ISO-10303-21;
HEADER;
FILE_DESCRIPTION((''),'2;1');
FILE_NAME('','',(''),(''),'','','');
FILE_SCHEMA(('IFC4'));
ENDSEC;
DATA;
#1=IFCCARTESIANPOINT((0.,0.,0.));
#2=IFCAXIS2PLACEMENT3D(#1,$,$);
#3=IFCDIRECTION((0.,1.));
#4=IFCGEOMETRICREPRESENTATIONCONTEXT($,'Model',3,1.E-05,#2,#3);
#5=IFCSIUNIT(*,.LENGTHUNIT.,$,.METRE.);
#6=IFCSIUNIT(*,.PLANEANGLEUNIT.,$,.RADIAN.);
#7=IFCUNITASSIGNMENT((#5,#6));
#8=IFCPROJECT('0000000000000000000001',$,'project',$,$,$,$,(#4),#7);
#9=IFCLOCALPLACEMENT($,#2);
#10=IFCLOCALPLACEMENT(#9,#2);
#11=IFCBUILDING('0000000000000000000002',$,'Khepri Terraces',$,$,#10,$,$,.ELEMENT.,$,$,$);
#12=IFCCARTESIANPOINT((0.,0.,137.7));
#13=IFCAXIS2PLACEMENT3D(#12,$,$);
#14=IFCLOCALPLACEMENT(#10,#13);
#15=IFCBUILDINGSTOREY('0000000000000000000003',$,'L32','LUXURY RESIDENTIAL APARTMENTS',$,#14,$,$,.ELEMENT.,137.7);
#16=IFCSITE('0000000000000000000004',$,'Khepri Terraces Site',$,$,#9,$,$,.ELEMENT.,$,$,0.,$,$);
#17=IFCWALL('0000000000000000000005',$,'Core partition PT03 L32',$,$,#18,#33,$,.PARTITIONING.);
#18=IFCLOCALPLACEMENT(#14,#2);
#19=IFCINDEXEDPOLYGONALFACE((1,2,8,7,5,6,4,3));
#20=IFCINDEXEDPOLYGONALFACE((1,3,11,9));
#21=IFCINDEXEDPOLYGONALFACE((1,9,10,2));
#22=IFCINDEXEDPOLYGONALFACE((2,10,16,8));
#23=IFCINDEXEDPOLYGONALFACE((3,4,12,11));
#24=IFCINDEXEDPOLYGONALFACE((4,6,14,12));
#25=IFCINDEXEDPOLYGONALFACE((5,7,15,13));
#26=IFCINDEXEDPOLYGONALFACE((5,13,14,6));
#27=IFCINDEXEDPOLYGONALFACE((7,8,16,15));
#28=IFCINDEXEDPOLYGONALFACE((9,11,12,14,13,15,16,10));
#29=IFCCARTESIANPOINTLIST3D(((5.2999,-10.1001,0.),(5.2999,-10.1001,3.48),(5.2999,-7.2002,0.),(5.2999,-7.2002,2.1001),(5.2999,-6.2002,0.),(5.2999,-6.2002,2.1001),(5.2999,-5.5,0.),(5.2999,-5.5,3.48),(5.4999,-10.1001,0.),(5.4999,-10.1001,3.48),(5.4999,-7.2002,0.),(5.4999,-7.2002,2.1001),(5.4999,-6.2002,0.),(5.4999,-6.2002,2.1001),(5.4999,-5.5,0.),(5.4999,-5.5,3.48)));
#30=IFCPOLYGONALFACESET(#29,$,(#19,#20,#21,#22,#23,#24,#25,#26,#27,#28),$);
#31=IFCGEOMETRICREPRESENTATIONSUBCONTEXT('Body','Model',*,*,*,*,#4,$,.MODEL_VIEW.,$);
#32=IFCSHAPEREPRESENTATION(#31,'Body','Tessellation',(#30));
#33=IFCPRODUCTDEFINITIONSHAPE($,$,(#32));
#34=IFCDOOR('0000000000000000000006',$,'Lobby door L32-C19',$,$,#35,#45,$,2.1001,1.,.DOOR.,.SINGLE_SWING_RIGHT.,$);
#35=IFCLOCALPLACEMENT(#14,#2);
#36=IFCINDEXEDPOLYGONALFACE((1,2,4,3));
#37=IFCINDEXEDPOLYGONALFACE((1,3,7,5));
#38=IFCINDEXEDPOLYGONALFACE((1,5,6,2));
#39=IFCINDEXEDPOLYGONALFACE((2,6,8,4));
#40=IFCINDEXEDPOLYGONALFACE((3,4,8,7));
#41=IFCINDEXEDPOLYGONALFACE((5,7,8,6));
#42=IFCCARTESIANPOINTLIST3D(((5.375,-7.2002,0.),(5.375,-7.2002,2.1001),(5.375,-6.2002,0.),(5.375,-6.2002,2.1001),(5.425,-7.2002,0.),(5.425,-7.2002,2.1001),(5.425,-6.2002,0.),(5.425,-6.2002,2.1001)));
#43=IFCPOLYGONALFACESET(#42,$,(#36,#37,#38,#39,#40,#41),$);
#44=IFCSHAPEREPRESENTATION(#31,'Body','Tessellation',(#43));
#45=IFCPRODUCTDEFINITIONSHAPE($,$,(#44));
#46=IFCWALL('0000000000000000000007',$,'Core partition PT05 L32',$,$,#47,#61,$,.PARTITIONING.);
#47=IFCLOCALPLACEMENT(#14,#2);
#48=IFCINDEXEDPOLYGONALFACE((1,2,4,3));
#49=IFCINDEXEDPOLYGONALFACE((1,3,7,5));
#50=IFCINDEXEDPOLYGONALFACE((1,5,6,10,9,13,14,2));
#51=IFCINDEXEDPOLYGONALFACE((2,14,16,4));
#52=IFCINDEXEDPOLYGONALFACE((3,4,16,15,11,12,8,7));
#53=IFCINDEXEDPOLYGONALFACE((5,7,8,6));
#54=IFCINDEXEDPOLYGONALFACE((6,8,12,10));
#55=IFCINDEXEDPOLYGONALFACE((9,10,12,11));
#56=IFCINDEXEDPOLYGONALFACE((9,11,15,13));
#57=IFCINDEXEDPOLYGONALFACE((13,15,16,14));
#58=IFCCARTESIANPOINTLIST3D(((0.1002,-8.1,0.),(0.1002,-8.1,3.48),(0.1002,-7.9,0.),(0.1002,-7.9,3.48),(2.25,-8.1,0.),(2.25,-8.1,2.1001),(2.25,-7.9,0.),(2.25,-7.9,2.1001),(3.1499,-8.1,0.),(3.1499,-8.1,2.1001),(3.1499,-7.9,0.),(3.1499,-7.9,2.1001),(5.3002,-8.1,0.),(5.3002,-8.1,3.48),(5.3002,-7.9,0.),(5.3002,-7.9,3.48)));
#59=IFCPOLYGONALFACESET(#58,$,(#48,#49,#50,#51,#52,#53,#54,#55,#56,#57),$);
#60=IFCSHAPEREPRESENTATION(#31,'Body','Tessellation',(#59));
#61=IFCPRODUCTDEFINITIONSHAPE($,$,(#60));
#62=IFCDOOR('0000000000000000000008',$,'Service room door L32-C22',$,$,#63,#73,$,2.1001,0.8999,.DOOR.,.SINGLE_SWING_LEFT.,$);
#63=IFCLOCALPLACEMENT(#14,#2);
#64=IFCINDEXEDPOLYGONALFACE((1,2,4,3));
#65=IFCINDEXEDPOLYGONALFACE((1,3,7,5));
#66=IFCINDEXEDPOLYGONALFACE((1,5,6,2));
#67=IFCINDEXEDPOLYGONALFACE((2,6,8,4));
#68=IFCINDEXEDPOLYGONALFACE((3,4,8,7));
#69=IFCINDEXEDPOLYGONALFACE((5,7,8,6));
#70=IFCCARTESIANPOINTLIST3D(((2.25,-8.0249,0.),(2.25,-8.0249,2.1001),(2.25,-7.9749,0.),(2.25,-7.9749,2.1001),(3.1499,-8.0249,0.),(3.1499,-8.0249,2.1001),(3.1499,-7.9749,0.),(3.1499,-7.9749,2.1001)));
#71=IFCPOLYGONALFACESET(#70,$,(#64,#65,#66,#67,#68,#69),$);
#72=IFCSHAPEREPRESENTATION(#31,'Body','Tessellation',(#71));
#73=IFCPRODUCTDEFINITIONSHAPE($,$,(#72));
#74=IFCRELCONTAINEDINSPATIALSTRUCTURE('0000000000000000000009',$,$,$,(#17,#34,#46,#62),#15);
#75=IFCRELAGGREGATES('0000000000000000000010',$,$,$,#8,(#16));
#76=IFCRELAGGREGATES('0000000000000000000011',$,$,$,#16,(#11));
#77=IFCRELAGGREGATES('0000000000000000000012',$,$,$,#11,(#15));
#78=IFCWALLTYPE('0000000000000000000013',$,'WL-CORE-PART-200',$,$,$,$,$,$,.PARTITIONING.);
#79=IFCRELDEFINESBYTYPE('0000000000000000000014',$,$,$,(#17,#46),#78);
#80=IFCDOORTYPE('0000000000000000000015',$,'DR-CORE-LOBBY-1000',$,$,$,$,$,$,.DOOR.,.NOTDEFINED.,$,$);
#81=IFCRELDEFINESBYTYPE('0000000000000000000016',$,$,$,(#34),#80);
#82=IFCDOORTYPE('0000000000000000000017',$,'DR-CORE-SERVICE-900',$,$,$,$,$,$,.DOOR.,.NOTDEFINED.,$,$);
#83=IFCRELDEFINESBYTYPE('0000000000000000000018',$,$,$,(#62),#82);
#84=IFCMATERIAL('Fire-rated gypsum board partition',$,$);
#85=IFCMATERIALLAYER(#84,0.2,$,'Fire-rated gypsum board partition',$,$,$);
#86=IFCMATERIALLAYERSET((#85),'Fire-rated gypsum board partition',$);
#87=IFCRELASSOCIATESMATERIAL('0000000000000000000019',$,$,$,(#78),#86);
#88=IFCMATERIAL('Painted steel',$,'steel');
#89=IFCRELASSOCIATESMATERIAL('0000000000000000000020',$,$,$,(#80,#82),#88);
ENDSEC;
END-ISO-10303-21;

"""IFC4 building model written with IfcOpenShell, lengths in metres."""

from ifc_helpers import new_model, si_unit, direction, frame, frame_2d, origin, place, context, subcontext, project, spatial, rectangle, extrude, material, layer, layer_set, type_object, element, fill, save


model = new_model("IFC4")

# Units and contexts
model_context = context("Model", 3, precision=1e-05, world=origin(), true_north=direction((0.0, 1.0)))
body_context = subcontext(model_context, "Body", "Model", "MODEL_VIEW")
ifc_project = project(units=[si_unit("LENGTHUNIT", "METRE"), si_unit("PLANEANGLEUNIT", "RADIAN")], contexts=[model_context])

# Site, building, storey
site_placement = place(None, origin())
site = spatial("IfcSite", under=ifc_project, at=site_placement, Name="Khepri Terraces Site", CompositionType="ELEMENT", RefElevation=0.0)
building_placement = place(site_placement, origin())
building = spatial("IfcBuilding", under=site, at=building_placement, Name="Khepri Terraces", CompositionType="ELEMENT")
storey_placement = place(building_placement, frame((0.0, 0.0, 137.7)))
storey = spatial("IfcBuildingStorey", under=building, at=storey_placement, Name="L32", Description="LUXURY RESIDENTIAL APARTMENTS", CompositionType="ELEMENT", Elevation=137.7)

# Shared definitions
ifc_material_1 = material(Name="Painted steel", Category="steel")

# Walls, openings, doors
ifc_material_2 = material(Name="Fire-rated gypsum board partition")
ifc_layer_1 = layer(ifc_material_2, 0.2, Name="Fire-rated gypsum board partition")
ifc_layer_set_1 = layer_set([ifc_layer_1], Name="Fire-rated gypsum board partition")
wall_type_1 = type_object("IfcWallType", Name="WL-CORE-PART-200", PredefinedType="PARTITIONING", material=ifc_layer_set_1)
wall_1_placement = place(storey_placement, frame((5.3999, -10.1001, 0.0), z_axis=(0.0, 0.0, 1.0), x_axis=(0.0, 1.0, 0.0)))
wall_1 = element("IfcWall", 1, at=wall_1_placement, inside=storey, type_object=wall_type_1, Name="Core partition PT03 L32", PredefinedType="PARTITIONING", context=body_context, shape_type="SweptSolid", body=[
    extrude(rectangle(XDim=4.6001, YDim=0.2, at=frame_2d((2.3, 0.0))), origin(), (0.0, 0.0, 1.0), 3.48),
])
opening_1_placement = place(wall_1_placement, frame((2.8999, 0.0, 0.0)))
opening_1 = element("IfcOpeningElement", 2, at=opening_1_placement, cuts=wall_1, PredefinedType="OPENING", context=body_context, shape_type="SweptSolid", body=[
    extrude(rectangle(XDim=1.0, YDim=2.1001, at=frame_2d((0.5, 1.05))), frame((0.0, 0.1099, 0.0), z_axis=(0.0, -1.0, 0.0), x_axis=(1.0, 0.0, 0.0)), (0.0, 0.0, 1.0), 0.22),
])
door_type_1 = type_object("IfcDoorType", Name="DR-CORE-LOBBY-1000", OperationType="NOTDEFINED", PredefinedType="DOOR", material=ifc_material_1)
door_1_placement = place(opening_1_placement, origin())
door_1 = element("IfcDoor", 3, at=door_1_placement, inside=storey, type_object=door_type_1, Name="Lobby door L32-C19", OperationType="SINGLE_SWING_RIGHT", OverallHeight=2.1001, OverallWidth=1.0, PredefinedType="DOOR", context=body_context, shape_type="SweptSolid", body=[
    extrude(rectangle(XDim=1.0, YDim=2.1001, at=frame_2d((0.5, 1.05))), frame((0.0, 0.0249, 0.0), z_axis=(0.0, -1.0, 0.0), x_axis=(1.0, 0.0, 0.0)), (0.0, 0.0, 1.0), 0.05),
])
fill(opening_1, door_1)
wall_2_placement = place(storey_placement, frame((0.1001, -8.0, 0.0), z_axis=(0.0, 0.0, 1.0), x_axis=(1.0, 0.0, 0.0)))
wall_2 = element("IfcWall", 4, at=wall_2_placement, inside=storey, type_object=wall_type_1, Name="Core partition PT05 L32", PredefinedType="PARTITIONING", context=body_context, shape_type="SweptSolid", body=[
    extrude(rectangle(XDim=5.2, YDim=0.2, at=frame_2d((2.6001, 0.0))), origin(), (0.0, 0.0, 1.0), 3.48),
])
opening_2_placement = place(wall_2_placement, frame((2.1499, 0.0, 0.0)))
opening_2 = element("IfcOpeningElement", 5, at=opening_2_placement, cuts=wall_2, PredefinedType="OPENING", context=body_context, shape_type="SweptSolid", body=[
    extrude(rectangle(XDim=0.8999, YDim=2.1001, at=frame_2d((0.45, 1.05))), frame((0.0, 0.1099, 0.0), z_axis=(0.0, -1.0, 0.0), x_axis=(1.0, 0.0, 0.0)), (0.0, 0.0, 1.0), 0.22),
])
door_type_2 = type_object("IfcDoorType", Name="DR-CORE-SERVICE-900", OperationType="NOTDEFINED", PredefinedType="DOOR", material=ifc_material_1)
door_2_placement = place(opening_2_placement, frame((0.8999, 0.0, 0.0), z_axis=(0.0, 0.0, 1.0), x_axis=(-1.0, 0.0, 0.0)))
door_2 = element("IfcDoor", 6, at=door_2_placement, inside=storey, type_object=door_type_2, Name="Service room door L32-C22", OperationType="SINGLE_SWING_LEFT", OverallHeight=2.1001, OverallWidth=0.8999, PredefinedType="DOOR", context=body_context, shape_type="SweptSolid", body=[
    extrude(rectangle(XDim=0.8999, YDim=2.1001, at=frame_2d((0.45, 1.05))), frame((0.0, 0.0249, 0.0), z_axis=(0.0, -1.0, 0.0), x_axis=(1.0, 0.0, 0.0)), (0.0, 0.0, 1.0), 0.05),
])
fill(opening_2, door_2)

save(model, "model.ifc")
